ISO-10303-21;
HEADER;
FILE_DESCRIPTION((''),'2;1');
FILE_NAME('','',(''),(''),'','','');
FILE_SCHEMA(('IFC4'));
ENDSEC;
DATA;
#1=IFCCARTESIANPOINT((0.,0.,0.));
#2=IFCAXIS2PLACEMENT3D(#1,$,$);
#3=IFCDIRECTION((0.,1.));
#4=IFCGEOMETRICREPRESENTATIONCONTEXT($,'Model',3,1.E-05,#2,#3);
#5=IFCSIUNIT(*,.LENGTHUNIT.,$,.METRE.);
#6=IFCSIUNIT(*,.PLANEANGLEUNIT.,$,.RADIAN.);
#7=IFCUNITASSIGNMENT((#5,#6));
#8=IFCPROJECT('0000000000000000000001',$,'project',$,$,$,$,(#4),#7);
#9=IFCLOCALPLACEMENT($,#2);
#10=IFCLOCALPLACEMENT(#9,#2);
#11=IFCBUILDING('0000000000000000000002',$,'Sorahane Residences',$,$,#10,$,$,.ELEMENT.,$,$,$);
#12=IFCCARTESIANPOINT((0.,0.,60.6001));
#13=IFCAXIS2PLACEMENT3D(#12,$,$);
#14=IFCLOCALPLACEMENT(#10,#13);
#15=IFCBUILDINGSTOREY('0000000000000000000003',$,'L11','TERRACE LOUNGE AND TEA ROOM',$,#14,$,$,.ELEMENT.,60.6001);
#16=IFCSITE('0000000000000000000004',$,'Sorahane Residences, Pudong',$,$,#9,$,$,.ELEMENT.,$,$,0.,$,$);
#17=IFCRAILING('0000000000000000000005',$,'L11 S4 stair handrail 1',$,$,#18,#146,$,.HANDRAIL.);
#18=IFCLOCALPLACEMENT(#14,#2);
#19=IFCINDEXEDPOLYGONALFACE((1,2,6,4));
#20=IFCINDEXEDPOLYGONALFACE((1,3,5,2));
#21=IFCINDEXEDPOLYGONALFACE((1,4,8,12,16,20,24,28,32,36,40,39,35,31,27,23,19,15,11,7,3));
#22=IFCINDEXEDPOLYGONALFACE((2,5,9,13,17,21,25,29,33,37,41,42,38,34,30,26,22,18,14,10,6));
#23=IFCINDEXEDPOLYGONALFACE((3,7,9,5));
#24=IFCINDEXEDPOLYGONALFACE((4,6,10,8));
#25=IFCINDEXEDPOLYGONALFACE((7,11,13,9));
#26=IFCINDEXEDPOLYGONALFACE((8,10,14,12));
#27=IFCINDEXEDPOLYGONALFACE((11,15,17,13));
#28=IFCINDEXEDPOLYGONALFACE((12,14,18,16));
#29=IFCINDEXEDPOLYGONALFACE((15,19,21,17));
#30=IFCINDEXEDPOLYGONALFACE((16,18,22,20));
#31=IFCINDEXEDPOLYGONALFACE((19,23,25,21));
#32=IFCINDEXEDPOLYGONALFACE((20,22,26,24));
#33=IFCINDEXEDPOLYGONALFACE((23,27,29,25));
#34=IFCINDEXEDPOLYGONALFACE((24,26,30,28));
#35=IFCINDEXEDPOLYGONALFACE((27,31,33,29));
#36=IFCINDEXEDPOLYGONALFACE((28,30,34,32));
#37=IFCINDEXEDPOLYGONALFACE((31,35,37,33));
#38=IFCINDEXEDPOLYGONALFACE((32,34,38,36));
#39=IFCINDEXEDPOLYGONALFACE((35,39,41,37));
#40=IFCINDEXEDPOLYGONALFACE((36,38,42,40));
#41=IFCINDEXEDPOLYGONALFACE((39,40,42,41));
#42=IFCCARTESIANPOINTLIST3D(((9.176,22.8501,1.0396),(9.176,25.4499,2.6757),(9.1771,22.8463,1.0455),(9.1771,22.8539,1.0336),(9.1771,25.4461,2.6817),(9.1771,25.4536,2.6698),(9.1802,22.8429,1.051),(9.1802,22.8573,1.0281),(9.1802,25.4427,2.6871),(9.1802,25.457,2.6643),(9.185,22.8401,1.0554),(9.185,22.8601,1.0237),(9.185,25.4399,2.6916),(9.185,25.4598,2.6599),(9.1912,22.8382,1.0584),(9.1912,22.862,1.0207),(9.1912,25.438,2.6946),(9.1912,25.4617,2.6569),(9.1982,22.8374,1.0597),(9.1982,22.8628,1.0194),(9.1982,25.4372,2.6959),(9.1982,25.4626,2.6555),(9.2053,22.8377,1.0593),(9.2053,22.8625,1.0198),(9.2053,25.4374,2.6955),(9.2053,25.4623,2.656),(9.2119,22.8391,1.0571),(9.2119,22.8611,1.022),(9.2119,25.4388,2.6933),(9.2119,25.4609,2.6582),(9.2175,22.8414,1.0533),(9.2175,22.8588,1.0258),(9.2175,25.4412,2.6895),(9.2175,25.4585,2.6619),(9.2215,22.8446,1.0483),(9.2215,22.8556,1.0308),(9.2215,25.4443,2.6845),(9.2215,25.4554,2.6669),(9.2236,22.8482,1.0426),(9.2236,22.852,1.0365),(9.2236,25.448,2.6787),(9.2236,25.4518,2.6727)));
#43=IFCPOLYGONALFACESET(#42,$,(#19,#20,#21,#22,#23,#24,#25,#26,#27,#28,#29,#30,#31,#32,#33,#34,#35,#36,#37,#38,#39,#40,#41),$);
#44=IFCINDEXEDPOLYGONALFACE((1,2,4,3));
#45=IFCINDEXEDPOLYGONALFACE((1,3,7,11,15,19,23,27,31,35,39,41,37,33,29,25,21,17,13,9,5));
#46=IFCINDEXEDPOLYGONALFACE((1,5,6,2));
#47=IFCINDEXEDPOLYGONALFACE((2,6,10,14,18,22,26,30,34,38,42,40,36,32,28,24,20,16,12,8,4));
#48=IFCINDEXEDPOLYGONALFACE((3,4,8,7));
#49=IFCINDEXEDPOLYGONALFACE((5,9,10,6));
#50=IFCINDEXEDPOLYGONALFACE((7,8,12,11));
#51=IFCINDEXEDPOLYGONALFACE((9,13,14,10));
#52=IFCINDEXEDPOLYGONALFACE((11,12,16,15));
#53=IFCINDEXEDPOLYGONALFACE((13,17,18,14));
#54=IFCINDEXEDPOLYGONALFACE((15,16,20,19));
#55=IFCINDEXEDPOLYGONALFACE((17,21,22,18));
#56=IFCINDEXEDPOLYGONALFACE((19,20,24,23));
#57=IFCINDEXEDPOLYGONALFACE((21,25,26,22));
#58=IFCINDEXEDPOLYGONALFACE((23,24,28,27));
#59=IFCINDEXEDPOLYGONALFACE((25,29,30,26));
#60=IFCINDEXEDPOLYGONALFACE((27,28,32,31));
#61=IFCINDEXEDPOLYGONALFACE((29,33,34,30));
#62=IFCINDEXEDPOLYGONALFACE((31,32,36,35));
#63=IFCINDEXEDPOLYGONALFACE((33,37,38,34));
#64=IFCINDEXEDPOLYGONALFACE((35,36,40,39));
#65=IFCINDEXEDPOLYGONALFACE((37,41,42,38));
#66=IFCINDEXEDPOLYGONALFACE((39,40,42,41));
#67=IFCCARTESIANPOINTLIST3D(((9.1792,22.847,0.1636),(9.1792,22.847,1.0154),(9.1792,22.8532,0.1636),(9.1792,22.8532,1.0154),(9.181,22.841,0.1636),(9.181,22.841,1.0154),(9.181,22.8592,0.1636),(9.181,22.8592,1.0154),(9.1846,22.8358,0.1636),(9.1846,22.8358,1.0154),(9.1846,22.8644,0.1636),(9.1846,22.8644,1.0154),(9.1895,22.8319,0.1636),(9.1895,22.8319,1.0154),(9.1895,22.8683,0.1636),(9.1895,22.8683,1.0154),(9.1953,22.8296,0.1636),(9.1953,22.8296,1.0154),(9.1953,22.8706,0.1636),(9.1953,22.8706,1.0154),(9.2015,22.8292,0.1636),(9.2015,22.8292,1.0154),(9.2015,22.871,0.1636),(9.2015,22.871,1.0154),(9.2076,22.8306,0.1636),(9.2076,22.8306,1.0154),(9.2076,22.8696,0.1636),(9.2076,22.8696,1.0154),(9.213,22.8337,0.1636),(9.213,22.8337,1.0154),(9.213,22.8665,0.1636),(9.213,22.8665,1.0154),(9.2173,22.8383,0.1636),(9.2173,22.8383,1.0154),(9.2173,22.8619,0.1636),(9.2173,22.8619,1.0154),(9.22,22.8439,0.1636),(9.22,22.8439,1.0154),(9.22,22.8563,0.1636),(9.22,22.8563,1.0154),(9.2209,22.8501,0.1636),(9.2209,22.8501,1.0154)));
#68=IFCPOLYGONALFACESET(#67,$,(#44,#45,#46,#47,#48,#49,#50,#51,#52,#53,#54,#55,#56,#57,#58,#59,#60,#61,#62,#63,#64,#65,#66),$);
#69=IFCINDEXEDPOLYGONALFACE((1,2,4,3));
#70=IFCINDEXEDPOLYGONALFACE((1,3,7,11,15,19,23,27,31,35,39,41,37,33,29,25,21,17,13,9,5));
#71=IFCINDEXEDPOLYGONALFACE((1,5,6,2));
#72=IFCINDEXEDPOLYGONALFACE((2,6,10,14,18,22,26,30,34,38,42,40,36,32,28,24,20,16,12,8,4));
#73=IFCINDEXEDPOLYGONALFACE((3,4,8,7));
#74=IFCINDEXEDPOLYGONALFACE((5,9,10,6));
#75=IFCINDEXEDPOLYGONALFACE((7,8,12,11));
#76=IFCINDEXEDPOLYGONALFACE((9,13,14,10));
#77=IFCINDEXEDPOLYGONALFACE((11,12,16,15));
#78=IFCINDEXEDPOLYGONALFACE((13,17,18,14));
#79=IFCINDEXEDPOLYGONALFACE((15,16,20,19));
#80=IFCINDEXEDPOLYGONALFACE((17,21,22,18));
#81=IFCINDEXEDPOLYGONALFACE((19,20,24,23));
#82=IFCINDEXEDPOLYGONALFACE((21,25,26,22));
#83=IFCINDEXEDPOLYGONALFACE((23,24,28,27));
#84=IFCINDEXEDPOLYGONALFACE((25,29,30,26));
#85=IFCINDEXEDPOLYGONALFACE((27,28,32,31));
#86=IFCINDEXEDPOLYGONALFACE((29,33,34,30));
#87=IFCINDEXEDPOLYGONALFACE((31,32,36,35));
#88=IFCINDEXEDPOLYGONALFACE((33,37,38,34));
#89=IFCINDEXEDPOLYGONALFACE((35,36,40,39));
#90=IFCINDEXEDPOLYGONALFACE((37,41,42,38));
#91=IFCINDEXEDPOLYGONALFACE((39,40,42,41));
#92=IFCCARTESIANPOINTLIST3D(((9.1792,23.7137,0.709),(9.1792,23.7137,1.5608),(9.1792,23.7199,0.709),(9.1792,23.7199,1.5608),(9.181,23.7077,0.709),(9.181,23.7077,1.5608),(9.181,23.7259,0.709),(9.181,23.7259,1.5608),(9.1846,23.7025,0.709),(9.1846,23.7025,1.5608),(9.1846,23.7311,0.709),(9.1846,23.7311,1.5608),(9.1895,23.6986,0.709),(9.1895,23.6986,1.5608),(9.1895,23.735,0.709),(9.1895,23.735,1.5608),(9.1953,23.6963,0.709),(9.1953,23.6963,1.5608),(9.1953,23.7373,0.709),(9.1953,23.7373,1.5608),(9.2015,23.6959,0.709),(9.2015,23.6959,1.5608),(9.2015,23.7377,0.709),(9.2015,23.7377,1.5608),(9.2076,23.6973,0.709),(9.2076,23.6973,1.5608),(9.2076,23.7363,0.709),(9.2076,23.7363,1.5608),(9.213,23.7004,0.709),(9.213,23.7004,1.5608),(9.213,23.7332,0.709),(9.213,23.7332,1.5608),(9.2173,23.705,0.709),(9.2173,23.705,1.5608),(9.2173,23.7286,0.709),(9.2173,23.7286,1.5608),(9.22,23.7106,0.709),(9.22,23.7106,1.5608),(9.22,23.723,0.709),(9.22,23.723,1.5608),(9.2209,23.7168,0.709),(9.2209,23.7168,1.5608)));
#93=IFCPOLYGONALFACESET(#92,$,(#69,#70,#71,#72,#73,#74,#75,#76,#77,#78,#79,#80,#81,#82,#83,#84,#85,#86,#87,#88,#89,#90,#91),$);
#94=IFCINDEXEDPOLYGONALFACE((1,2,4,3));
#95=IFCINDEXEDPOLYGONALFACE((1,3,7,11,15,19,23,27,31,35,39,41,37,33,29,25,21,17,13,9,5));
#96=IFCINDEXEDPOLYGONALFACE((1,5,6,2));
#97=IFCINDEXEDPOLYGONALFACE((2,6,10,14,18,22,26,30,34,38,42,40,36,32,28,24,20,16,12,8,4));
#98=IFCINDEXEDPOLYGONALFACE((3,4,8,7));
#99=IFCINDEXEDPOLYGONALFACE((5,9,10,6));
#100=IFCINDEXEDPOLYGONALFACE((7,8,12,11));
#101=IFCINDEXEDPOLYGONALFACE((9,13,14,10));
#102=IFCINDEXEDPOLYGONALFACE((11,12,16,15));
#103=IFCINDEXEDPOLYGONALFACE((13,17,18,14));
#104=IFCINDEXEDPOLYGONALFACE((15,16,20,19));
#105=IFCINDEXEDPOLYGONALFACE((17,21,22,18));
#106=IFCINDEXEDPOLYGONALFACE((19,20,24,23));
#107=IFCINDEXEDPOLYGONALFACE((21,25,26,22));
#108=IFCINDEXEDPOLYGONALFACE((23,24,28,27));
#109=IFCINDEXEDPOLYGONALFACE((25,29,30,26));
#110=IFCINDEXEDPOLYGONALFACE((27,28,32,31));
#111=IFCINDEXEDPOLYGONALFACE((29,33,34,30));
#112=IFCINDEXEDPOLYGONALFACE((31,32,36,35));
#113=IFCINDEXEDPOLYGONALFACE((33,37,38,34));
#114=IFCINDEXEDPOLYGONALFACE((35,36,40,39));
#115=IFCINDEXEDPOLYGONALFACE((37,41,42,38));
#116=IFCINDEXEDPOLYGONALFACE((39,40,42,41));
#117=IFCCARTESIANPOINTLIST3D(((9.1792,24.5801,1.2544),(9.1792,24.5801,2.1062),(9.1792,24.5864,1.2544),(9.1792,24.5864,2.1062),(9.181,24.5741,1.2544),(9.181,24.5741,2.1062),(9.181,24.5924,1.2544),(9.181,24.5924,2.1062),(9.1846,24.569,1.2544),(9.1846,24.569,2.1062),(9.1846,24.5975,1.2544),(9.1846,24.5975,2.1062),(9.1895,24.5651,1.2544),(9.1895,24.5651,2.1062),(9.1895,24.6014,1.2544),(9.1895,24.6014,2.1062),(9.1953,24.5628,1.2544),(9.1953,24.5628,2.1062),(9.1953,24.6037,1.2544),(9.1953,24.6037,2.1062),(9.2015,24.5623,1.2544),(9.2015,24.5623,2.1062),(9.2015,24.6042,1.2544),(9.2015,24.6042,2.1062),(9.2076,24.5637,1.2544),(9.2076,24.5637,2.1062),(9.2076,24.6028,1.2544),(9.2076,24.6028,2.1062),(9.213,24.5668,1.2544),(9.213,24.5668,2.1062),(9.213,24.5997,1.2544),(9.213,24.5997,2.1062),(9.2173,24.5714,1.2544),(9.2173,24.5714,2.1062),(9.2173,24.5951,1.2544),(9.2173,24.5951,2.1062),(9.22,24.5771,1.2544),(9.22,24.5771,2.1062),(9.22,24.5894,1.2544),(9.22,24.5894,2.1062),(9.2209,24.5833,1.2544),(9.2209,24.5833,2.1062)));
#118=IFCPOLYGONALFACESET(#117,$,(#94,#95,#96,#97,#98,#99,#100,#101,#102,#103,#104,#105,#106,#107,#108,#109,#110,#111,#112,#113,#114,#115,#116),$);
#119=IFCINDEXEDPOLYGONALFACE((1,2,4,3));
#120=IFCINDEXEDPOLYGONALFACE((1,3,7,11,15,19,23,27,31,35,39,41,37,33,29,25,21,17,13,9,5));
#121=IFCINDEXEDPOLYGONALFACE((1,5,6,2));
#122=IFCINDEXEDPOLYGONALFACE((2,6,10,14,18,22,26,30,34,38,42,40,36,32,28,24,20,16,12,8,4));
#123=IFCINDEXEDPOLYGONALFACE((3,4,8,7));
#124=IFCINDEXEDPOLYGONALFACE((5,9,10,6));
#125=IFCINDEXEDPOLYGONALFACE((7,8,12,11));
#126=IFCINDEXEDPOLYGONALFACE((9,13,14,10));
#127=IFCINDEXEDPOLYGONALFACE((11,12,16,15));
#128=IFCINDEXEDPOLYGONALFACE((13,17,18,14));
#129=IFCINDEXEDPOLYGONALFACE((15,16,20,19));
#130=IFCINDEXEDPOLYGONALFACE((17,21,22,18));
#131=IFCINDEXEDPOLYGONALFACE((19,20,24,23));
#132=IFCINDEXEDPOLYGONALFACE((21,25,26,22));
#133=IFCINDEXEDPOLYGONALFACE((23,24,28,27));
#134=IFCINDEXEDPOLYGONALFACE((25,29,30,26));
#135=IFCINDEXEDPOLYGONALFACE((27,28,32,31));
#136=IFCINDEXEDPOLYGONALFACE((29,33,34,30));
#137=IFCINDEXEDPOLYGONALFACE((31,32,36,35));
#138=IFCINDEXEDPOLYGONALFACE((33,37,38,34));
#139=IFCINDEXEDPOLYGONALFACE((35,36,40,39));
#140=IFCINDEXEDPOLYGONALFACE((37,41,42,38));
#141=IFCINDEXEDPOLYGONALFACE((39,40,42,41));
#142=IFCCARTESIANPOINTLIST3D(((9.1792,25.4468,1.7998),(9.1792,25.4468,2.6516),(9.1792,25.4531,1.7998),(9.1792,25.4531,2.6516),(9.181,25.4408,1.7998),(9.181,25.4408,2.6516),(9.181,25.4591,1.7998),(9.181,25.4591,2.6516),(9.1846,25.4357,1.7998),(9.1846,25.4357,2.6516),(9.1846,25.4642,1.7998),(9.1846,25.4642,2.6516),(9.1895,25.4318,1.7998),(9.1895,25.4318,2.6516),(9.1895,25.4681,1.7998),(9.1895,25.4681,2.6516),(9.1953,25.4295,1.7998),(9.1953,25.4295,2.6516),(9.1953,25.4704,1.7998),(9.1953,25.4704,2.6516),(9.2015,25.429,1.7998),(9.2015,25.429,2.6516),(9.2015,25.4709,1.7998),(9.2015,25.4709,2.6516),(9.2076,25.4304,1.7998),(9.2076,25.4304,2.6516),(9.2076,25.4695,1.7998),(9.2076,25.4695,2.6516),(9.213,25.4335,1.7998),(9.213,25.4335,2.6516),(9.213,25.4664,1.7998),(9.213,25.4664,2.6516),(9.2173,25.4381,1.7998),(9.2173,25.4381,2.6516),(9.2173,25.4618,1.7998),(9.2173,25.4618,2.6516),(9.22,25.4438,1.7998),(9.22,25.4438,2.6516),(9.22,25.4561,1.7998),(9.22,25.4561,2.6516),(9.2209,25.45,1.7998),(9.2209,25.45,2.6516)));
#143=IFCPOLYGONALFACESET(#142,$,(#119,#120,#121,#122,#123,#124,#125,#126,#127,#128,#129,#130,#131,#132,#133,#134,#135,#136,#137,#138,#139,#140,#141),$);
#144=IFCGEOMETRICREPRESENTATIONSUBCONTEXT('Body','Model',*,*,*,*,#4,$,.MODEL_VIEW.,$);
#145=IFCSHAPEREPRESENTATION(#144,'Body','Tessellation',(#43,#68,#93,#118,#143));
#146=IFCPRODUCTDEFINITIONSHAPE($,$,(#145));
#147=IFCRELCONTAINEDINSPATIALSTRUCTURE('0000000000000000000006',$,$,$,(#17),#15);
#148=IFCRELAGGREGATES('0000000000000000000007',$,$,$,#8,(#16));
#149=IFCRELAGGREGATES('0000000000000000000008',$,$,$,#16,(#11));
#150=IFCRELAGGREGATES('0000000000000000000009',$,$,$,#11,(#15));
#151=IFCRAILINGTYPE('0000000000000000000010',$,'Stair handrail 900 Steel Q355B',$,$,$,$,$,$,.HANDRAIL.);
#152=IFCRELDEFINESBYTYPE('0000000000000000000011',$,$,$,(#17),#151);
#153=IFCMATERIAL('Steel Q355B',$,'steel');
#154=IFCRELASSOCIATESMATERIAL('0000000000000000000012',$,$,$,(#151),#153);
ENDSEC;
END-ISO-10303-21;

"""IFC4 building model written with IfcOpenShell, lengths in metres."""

from ifc_helpers import new_model, si_unit, direction, frame, origin, origin_2d, place, context, subcontext, project, spatial, circle, extrude, material, type_object, element, save


model = new_model("IFC4")

# Units and contexts
model_context = context("Model", 3, precision=1e-05, world=origin(), true_north=direction((0.0, 1.0)))
body_context = subcontext(model_context, "Body", "Model", "MODEL_VIEW")
ifc_project = project(units=[si_unit("LENGTHUNIT", "METRE"), si_unit("PLANEANGLEUNIT", "RADIAN")], contexts=[model_context])

# Site, building, storey
site_placement = place(None, origin())
site = spatial("IfcSite", under=ifc_project, at=site_placement, Name="Sorahane Residences, Pudong", CompositionType="ELEMENT", RefElevation=0.0)
building_placement = place(site_placement, origin())
building = spatial("IfcBuilding", under=site, at=building_placement, Name="Sorahane Residences", CompositionType="ELEMENT")
storey_placement = place(building_placement, frame((0.0, 0.0, 60.6001)))
storey = spatial("IfcBuildingStorey", under=building, at=storey_placement, Name="L11", Description="TERRACE LOUNGE AND TEA ROOM", CompositionType="ELEMENT", Elevation=60.6001)

# Railing
ifc_material_1 = material(Name="Steel Q355B", Category="steel")
railing_type = type_object("IfcRailingType", Name="Stair handrail 900 Steel Q355B", PredefinedType="HANDRAIL", material=ifc_material_1)
railing_placement = place(storey_placement, frame((9.2, 22.8501, 0.1636)))
element("IfcRailing", 1, at=railing_placement, inside=storey, type_object=railing_type, Name="L11 S4 stair handrail 1", PredefinedType="HANDRAIL", context=body_context, shape_type="SweptSolid", body=[
    extrude(circle(Radius=0.0239, at=origin_2d()), frame((0.0, 0.0, 0.876), z_axis=(0.0, 0.846338, 0.532647), x_axis=(-1.0, 0.0, 0.0)), (0.0, 0.0, 1.0), 3.0718),
    extrude(circle(Radius=0.021, at=origin_2d()), origin(), (0.0, 0.0, 1.0), 0.8518),
    extrude(circle(Radius=0.021, at=origin_2d()), frame((0.0, 0.8667, 0.5454)), (0.0, 0.0, 1.0), 0.8518),
    extrude(circle(Radius=0.021, at=origin_2d()), frame((0.0, 1.7332, 1.0908)), (0.0, 0.0, 1.0), 0.8518),
    extrude(circle(Radius=0.021, at=origin_2d()), frame((0.0, 2.5999, 1.6362)), (0.0, 0.0, 1.0), 0.8518),
])

save(model, "model.ifc")
